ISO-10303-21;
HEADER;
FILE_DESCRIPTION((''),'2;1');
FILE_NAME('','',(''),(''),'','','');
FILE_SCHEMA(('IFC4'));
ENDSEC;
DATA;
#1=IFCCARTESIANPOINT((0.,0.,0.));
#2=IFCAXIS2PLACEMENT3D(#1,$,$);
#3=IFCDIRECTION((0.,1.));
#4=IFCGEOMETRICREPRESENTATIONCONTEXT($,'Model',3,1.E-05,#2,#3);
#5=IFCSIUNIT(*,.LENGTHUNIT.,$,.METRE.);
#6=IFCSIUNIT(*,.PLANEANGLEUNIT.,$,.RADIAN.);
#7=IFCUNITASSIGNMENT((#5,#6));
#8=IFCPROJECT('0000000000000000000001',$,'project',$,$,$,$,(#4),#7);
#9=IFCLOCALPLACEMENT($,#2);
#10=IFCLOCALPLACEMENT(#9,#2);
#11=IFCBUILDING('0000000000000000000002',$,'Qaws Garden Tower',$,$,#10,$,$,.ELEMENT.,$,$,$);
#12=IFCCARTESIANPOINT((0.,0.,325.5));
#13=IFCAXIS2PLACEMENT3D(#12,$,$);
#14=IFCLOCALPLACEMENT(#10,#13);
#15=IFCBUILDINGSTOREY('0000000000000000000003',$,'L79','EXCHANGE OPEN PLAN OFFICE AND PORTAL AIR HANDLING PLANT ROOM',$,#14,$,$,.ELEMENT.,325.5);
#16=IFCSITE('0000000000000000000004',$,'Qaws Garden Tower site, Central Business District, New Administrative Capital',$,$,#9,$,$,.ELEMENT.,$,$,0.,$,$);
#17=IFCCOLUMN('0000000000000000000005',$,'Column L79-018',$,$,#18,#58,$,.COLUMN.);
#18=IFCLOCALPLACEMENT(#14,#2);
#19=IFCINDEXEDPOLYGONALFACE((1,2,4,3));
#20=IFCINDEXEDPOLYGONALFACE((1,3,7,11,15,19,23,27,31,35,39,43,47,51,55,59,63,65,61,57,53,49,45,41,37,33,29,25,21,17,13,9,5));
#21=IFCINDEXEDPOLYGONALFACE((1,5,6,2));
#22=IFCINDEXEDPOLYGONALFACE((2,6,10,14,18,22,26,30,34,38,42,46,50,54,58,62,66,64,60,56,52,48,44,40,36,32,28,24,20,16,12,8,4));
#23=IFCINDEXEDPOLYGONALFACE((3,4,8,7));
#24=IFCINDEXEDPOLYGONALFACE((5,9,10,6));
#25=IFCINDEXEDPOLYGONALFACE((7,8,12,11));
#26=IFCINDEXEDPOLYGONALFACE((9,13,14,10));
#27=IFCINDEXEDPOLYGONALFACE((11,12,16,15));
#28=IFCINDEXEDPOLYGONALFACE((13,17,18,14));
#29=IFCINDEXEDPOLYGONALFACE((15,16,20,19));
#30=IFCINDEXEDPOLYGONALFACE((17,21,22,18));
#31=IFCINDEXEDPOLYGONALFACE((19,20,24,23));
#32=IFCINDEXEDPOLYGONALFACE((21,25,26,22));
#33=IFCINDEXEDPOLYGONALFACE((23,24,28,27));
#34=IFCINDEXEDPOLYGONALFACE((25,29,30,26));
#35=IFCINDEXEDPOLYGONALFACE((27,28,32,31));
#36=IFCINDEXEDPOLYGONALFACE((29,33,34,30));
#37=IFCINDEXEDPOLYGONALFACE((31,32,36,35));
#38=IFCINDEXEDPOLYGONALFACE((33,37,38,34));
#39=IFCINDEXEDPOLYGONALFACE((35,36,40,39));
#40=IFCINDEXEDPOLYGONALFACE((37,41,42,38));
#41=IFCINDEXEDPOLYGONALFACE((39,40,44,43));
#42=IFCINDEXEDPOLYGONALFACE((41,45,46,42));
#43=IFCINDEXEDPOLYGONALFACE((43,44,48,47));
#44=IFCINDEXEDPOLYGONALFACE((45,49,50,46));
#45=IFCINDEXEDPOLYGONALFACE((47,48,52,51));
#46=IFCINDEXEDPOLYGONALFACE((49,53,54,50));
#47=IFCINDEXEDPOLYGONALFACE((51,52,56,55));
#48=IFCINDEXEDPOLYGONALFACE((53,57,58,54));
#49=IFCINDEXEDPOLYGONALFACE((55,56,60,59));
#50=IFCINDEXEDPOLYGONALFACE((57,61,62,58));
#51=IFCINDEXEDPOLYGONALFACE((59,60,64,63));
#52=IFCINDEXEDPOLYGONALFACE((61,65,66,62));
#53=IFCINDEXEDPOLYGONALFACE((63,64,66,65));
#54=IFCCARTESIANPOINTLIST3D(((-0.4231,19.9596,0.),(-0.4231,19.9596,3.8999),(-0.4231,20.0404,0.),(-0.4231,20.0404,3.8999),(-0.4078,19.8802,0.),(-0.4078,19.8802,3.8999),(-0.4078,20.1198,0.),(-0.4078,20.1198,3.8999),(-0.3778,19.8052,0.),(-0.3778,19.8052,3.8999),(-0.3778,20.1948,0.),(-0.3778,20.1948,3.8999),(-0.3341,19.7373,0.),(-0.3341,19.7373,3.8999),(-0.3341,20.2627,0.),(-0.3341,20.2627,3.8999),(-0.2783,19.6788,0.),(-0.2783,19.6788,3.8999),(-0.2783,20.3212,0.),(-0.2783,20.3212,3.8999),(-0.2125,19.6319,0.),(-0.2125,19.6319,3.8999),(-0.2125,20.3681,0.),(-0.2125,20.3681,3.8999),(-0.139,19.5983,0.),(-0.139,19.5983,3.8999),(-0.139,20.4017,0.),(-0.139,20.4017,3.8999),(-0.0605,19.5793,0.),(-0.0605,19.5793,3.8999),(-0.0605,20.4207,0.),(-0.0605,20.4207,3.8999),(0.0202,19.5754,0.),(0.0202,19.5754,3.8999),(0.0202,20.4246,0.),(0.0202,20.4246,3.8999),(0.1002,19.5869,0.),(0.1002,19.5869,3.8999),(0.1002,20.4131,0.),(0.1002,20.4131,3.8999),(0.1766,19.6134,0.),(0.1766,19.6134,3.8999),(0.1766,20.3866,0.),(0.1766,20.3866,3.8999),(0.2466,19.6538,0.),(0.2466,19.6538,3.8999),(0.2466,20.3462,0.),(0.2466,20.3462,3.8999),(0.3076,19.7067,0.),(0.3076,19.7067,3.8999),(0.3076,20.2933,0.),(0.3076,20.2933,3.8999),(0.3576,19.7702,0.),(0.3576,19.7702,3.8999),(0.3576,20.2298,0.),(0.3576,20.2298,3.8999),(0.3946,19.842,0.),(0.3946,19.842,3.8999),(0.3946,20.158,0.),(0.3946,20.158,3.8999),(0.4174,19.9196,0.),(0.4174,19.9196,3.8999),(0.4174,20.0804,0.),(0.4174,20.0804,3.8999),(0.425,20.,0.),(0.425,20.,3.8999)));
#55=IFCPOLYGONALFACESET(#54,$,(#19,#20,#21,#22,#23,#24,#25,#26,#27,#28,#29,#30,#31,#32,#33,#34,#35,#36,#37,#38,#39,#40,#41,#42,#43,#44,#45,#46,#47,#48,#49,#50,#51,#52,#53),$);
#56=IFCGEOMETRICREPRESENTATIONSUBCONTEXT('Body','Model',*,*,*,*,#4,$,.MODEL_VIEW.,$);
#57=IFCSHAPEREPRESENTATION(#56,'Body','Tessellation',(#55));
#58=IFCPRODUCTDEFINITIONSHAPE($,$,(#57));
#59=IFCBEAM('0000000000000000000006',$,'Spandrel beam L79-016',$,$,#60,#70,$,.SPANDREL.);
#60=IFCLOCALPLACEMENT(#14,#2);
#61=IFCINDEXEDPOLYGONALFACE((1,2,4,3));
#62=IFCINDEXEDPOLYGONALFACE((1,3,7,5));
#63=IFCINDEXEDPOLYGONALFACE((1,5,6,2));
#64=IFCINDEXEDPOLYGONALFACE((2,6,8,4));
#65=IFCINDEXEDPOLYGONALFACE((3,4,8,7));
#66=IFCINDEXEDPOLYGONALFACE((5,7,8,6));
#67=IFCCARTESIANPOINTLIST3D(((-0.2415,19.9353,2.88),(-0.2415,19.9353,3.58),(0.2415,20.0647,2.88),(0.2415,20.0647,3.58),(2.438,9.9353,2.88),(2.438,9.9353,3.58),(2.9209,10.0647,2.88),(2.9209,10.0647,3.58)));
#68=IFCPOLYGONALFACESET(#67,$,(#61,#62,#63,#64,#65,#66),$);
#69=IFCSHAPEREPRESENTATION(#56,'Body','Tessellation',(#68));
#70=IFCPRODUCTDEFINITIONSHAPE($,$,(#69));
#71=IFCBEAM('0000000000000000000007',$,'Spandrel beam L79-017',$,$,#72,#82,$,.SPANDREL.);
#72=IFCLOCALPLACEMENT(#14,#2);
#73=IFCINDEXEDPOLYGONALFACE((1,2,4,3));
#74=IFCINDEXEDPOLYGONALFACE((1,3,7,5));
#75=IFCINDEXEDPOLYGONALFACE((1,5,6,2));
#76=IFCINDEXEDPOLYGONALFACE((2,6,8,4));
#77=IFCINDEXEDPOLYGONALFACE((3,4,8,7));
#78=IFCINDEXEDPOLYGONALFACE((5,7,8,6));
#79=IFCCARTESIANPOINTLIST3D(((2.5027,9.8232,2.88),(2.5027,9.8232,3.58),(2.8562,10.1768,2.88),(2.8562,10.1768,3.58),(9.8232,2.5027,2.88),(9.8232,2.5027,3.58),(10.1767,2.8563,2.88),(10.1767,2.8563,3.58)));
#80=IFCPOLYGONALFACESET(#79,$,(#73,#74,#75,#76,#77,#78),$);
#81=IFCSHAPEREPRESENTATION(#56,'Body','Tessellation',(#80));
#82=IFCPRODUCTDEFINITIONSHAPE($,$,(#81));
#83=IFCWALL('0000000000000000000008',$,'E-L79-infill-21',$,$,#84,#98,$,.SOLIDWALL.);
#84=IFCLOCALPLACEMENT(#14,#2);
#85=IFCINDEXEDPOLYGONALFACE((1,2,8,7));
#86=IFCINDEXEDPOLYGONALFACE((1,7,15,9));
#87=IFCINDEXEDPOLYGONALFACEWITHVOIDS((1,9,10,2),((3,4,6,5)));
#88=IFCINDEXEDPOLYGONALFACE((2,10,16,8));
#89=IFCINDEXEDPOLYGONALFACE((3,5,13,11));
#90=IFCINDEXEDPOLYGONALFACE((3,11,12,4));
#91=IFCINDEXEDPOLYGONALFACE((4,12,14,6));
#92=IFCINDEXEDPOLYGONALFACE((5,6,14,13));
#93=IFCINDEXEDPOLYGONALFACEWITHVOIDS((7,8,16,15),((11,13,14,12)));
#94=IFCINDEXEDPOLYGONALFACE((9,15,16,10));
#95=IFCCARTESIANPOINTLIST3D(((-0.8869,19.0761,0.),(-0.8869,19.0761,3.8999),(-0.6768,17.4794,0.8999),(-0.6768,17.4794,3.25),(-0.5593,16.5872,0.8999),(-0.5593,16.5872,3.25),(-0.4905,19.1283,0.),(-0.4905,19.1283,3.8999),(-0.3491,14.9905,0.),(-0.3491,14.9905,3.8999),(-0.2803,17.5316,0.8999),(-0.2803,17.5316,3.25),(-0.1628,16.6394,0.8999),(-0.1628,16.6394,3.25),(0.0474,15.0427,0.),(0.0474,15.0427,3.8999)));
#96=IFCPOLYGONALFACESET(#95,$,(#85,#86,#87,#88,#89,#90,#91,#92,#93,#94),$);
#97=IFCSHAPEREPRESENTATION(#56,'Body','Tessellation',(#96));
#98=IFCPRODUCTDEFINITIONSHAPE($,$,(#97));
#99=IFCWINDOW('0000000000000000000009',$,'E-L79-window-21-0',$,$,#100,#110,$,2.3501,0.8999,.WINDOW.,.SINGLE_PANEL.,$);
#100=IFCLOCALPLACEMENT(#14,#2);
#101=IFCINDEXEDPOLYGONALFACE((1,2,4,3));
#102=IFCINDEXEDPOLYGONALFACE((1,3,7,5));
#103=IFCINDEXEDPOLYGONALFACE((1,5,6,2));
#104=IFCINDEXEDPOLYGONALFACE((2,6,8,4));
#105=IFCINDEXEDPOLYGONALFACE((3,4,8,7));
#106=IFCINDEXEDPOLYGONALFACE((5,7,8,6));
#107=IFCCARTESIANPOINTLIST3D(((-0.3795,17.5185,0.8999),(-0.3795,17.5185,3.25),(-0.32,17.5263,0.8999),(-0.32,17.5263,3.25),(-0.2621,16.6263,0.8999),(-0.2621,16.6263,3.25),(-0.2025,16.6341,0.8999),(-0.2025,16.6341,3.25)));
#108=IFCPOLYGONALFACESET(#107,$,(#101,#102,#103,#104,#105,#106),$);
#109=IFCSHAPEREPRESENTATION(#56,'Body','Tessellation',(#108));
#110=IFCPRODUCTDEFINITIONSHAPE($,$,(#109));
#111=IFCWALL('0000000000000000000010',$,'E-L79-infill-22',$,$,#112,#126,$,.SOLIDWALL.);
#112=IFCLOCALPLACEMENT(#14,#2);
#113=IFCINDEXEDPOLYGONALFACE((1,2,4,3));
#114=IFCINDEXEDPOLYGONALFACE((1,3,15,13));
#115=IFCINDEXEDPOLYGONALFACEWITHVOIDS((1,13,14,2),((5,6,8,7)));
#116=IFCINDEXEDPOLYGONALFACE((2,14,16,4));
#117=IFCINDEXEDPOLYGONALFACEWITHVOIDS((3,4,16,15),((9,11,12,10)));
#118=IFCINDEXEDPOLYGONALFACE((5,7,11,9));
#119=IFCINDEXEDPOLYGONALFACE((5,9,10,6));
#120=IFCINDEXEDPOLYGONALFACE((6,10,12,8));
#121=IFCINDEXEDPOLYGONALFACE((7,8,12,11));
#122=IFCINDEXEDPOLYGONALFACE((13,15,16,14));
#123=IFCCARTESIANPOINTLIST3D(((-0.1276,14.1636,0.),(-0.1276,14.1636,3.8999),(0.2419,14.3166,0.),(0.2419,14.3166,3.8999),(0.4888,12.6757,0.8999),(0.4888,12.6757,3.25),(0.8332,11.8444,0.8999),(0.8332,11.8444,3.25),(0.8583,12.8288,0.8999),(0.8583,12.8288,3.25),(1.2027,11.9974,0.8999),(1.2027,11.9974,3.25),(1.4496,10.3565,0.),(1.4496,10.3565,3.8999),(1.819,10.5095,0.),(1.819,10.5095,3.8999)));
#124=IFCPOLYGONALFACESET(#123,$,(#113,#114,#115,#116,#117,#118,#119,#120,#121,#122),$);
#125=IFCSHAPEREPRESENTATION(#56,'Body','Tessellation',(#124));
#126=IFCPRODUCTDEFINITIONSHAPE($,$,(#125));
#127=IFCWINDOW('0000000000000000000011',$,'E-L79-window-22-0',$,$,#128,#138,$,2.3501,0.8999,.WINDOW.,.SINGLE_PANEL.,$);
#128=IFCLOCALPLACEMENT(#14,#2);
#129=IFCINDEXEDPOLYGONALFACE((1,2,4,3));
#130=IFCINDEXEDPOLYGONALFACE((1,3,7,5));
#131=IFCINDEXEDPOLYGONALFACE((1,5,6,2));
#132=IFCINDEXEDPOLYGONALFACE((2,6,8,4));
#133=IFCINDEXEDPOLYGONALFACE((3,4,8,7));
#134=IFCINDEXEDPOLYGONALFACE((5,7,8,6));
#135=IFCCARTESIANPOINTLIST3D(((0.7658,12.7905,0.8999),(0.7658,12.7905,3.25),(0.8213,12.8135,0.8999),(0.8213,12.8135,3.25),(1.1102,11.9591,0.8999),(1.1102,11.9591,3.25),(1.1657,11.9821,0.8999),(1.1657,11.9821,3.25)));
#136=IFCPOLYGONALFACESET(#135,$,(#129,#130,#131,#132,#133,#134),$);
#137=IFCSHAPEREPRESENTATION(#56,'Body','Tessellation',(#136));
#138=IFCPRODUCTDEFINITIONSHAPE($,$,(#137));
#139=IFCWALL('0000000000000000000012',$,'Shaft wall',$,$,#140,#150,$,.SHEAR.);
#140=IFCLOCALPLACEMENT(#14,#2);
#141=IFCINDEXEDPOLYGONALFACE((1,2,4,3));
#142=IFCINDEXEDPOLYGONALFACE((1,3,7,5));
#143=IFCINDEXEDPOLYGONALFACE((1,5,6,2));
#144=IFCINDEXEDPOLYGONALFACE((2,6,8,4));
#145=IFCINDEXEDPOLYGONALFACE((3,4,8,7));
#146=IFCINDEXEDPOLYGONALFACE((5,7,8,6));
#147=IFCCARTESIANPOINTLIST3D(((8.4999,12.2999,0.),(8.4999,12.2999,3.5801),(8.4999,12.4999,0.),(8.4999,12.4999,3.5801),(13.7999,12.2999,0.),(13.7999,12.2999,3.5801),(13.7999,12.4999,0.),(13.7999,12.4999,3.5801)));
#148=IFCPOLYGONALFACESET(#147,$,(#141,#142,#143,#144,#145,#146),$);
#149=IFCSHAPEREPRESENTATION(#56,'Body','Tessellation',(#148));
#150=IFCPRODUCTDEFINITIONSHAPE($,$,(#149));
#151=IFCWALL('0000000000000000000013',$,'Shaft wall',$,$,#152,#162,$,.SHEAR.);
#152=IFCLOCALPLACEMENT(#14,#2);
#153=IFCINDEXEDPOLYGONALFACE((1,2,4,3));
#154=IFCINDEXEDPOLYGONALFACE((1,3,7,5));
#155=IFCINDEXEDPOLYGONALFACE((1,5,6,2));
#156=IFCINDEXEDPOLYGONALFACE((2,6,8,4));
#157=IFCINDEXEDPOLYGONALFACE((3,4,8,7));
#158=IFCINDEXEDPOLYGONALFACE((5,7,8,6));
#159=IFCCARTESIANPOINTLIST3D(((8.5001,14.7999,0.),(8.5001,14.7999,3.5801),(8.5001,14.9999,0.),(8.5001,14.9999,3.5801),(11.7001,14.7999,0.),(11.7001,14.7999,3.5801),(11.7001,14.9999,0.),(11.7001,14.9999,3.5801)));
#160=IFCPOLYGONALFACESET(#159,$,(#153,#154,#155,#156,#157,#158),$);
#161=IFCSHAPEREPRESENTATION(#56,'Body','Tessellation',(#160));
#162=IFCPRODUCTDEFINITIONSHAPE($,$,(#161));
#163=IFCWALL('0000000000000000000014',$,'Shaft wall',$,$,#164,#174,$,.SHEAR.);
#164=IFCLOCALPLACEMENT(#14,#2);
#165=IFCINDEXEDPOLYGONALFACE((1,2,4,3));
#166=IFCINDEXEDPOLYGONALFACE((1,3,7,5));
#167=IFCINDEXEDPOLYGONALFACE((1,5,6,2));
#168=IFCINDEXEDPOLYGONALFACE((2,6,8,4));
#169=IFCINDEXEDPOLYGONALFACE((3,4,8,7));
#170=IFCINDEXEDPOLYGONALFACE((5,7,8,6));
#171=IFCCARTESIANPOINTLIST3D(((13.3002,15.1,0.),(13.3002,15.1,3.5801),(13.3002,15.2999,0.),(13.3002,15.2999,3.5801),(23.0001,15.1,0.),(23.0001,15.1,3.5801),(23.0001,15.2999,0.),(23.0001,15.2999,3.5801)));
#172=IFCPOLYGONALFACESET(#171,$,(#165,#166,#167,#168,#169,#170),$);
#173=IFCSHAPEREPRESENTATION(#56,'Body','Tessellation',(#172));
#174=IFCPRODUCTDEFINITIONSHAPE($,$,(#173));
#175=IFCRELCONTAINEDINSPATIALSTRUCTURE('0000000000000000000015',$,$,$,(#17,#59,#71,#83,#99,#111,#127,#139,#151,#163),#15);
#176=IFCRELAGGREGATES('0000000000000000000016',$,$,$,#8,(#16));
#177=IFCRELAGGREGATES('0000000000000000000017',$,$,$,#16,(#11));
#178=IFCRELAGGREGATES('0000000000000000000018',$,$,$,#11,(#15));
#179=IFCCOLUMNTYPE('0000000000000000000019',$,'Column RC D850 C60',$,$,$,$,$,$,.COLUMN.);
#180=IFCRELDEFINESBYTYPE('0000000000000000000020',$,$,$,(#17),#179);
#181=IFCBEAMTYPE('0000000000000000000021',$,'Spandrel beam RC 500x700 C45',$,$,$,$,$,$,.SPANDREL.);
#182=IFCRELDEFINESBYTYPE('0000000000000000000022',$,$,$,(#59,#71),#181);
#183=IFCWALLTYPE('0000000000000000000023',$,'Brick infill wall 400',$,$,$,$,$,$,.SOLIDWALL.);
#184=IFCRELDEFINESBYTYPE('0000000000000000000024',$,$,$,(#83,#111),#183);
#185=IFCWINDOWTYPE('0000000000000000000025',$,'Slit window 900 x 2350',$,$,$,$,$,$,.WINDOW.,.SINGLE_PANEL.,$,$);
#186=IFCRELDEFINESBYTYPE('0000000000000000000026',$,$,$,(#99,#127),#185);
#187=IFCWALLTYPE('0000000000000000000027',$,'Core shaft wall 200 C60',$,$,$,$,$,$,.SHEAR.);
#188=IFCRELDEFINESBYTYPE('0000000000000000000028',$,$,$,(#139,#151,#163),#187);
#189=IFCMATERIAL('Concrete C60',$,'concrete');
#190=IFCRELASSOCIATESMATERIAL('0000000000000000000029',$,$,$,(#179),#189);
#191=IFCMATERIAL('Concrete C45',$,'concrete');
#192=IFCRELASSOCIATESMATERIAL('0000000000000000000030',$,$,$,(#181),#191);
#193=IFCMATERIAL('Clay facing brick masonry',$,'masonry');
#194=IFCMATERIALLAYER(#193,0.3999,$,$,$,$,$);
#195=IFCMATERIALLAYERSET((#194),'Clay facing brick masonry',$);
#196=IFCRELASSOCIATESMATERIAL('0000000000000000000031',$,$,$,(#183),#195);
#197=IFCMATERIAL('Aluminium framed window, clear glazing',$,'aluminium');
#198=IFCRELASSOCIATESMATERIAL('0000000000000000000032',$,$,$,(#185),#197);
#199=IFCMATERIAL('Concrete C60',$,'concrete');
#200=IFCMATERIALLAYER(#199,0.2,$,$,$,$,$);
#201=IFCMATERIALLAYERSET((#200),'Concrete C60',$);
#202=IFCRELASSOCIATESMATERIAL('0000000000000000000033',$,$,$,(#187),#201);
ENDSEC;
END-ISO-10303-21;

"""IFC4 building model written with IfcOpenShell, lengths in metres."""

from ifc_helpers import new_model, si_unit, direction, frame, frame_2d, origin, origin_2d, place, context, subcontext, project, spatial, rectangle, circle, extrude, material, layer, layer_set, material_profile, profile_set, type_object, element, fill, save


model = new_model("IFC4")

# Units and contexts
model_context = context("Model", 3, precision=1e-05, world=origin(), true_north=direction((0.0, 1.0)))
body_context = subcontext(model_context, "Body", "Model", "MODEL_VIEW")
ifc_project = project(units=[si_unit("LENGTHUNIT", "METRE"), si_unit("PLANEANGLEUNIT", "RADIAN")], contexts=[model_context])

# Site, building, storey
site_placement = place(None, origin())
site = spatial("IfcSite", under=ifc_project, at=site_placement, Name="Qaws Garden Tower site, Central Business District, New Administrative Capital", CompositionType="ELEMENT", RefElevation=0.0)
building_placement = place(site_placement, origin())
building = spatial("IfcBuilding", under=site, at=building_placement, Name="Qaws Garden Tower", CompositionType="ELEMENT")
storey_placement = place(building_placement, frame((0.0, 0.0, 325.5)))
storey = spatial("IfcBuildingStorey", under=building, at=storey_placement, Name="L79", Description="EXCHANGE OPEN PLAN OFFICE AND PORTAL AIR HANDLING PLANT ROOM", CompositionType="ELEMENT", Elevation=325.5)

# Column
ifc_material_1 = material(Name="Concrete C60", Category="concrete")
ifc_material_profile_1 = material_profile(ifc_material_1, circle(Radius=0.425, at=origin_2d()), Name="RC D850")
ifc_profile_set_1 = profile_set([ifc_material_profile_1], Name="Concrete C60")
column_type = type_object("IfcColumnType", Name="Column RC D850 C60", PredefinedType="COLUMN", material=ifc_profile_set_1)
column_placement = place(storey_placement, frame((0.0, 20.0, 0.0), z_axis=(0.0, 0.0, 1.0), x_axis=(1.0, 0.0, 0.0)))
element("IfcColumn", 1, at=column_placement, inside=storey, type_object=column_type, Name="Column L79-018", PredefinedType="COLUMN", context=body_context, shape_type="SweptSolid", body=[
    extrude(circle(Radius=0.425, at=origin_2d()), origin(), (0.0, 0.0, 1.0), 3.8999),
])

# Beams
ifc_material_2 = material(Name="Concrete C45", Category="concrete")
ifc_material_profile_2 = material_profile(ifc_material_2, rectangle(XDim=0.5, YDim=0.7, at=origin_2d()), Name="RC 500x700")
ifc_profile_set_2 = profile_set([ifc_material_profile_2], Name="Concrete C45")
beam_type = type_object("IfcBeamType", Name="Spandrel beam RC 500x700 C45", PredefinedType="SPANDREL", material=ifc_profile_set_2)
for number, where, z_axis, x_axis, name in (
    (2, (0.0, 20.0, 3.23), (0.258815, -0.965927, 0.0), (0.965927, 0.258815, 0.0), "Spandrel beam L79-016"),
    (3, (2.6794, 10.0, 3.23), (0.707107, -0.707107, 0.0), (0.707107, 0.707107, 0.0), "Spandrel beam L79-017"),
):
    element("IfcBeam", number, at=place(storey_placement, frame(where, z_axis=z_axis, x_axis=x_axis)), inside=storey, type_object=beam_type, Name=name, PredefinedType="SPANDREL", context=body_context, shape_type="SweptSolid", body=[
        extrude(rectangle(XDim=0.5, YDim=0.7, at=origin_2d()), origin(), (0.0, 0.0, 1.0), 10.3528),
    ])

# Walls, openings, windows
ifc_material_3 = material(Name="Clay facing brick masonry", Category="masonry")
ifc_layer_1 = layer(ifc_material_3, 0.3999)
ifc_layer_set_1 = layer_set([ifc_layer_1], Name="Clay facing brick masonry")
wall_type_1 = type_object("IfcWallType", Name="Brick infill wall 400", PredefinedType="SOLIDWALL", material=ifc_layer_set_1)
wall_1_placement = place(storey_placement, frame((-0.6887, 19.1023, 0.0), z_axis=(0.0, 0.0, 1.0), x_axis=(0.130514, -0.991446, 0.0)))
wall_1 = element("IfcWall", 4, at=wall_1_placement, inside=storey, type_object=wall_type_1, Name="E-L79-infill-21", PredefinedType="SOLIDWALL", context=body_context, shape_type="SweptSolid", body=[
    extrude(rectangle(XDim=4.1208, YDim=0.3999, at=frame_2d((2.0605, 0.0))), origin(), (0.0, 0.0, 1.0), 3.8999),
])
opening_1_placement = place(wall_1_placement, frame((1.6106, 0.0, 0.8999)))
opening_1 = element("IfcOpeningElement", 5, at=opening_1_placement, cuts=wall_1, PredefinedType="OPENING", context=body_context, shape_type="SweptSolid", body=[
    extrude(rectangle(XDim=0.8999, YDim=2.3501, at=frame_2d((0.45, 1.175))), frame((0.0, 0.21, 0.0), z_axis=(0.0, -1.0, 0.0), x_axis=(1.0, 0.0, 0.0)), (0.0, 0.0, 1.0), 0.4199),
])
ifc_material_4 = material(Name="Aluminium framed window, clear glazing", Category="aluminium")
window_type = type_object("IfcWindowType", Name="Slit window 900 x 2350", PartitioningType="SINGLE_PANEL", PredefinedType="WINDOW", material=ifc_material_4)
window_1_placement = place(opening_1_placement, origin())
window_1 = element("IfcWindow", 6, at=window_1_placement, inside=storey, type_object=window_type, Name="E-L79-window-21-0", OverallHeight=2.3501, OverallWidth=0.8999, PartitioningType="SINGLE_PANEL", PredefinedType="WINDOW", context=body_context, shape_type="SweptSolid", body=[
    extrude(rectangle(XDim=0.8999, YDim=2.3501, at=frame_2d((0.45, 1.175))), frame((0.0, 0.1599, 0.0), z_axis=(0.0, -1.0, 0.0), x_axis=(1.0, 0.0, 0.0)), (0.0, 0.0, 1.0), 0.0601),
])
fill(opening_1, window_1)
wall_2_placement = place(storey_placement, frame((0.0571, 14.2402, 0.0), z_axis=(0.0, 0.0, 1.0), x_axis=(0.382722, -0.923864, 0.0)))
wall_2 = element("IfcWall", 7, at=wall_2_placement, inside=storey, type_object=wall_type_1, Name="E-L79-infill-22", PredefinedType="SOLIDWALL", context=body_context, shape_type="SweptSolid", body=[
    extrude(rectangle(XDim=4.1208, YDim=0.3999, at=frame_2d((2.0605, 0.0))), origin(), (0.0, 0.0, 1.0), 3.8999),
])
opening_2_placement = place(wall_2_placement, frame((1.6106, 0.0, 0.8999)))
opening_2 = element("IfcOpeningElement", 8, at=opening_2_placement, cuts=wall_2, PredefinedType="OPENING", context=body_context, shape_type="SweptSolid", body=[
    extrude(rectangle(XDim=0.8999, YDim=2.3501, at=frame_2d((0.45, 1.175))), frame((0.0, 0.21, 0.0), z_axis=(0.0, -1.0, 0.0), x_axis=(1.0, 0.0, 0.0)), (0.0, 0.0, 1.0), 0.4199),
])
window_2_placement = place(opening_2_placement, origin())
window_2 = element("IfcWindow", 9, at=window_2_placement, inside=storey, type_object=window_type, Name="E-L79-window-22-0", OverallHeight=2.3501, OverallWidth=0.8999, PartitioningType="SINGLE_PANEL", PredefinedType="WINDOW", context=body_context, shape_type="SweptSolid", body=[
    extrude(rectangle(XDim=0.8999, YDim=2.3501, at=frame_2d((0.45, 1.175))), frame((0.0, 0.1599, 0.0), z_axis=(0.0, -1.0, 0.0), x_axis=(1.0, 0.0, 0.0)), (0.0, 0.0, 1.0), 0.0601),
])
fill(opening_2, window_2)

# Walls
ifc_material_5 = material(Name="Concrete C60", Category="concrete")
ifc_layer_2 = layer(ifc_material_5, 0.2)
ifc_layer_set_2 = layer_set([ifc_layer_2], Name="Concrete C60")
wall_type_2 = type_object("IfcWallType", Name="Core shaft wall 200 C60", PredefinedType="SHEAR", material=ifc_layer_set_2)
wall_3_placement = place(storey_placement, frame((8.5, 12.3999, 0.0), z_axis=(0.0, 0.0, 1.0), x_axis=(1.0, 0.0, 0.0)))
element("IfcWall", 10, at=wall_3_placement, inside=storey, type_object=wall_type_2, Name="Shaft wall", PredefinedType="SHEAR", context=body_context, shape_type="SweptSolid", body=[
    extrude(rectangle(XDim=5.3, YDim=0.2, at=frame_2d((2.6499, 0.0))), origin(), (0.0, 0.0, 1.0), 3.5801),
])
wall_4_placement = place(storey_placement, frame((8.5, 14.8999, 0.0), z_axis=(0.0, 0.0, 1.0), x_axis=(1.0, 0.0, 0.0)))
element("IfcWall", 11, at=wall_4_placement, inside=storey, type_object=wall_type_2, Name="Shaft wall", PredefinedType="SHEAR", context=body_context, shape_type="SweptSolid", body=[
    extrude(rectangle(XDim=3.2, YDim=0.2, at=frame_2d((1.6001, 0.0))), origin(), (0.0, 0.0, 1.0), 3.5801),
])
wall_5_placement = place(storey_placement, frame((13.3, 15.2, 0.0), z_axis=(0.0, 0.0, 1.0), x_axis=(1.0, 0.0, 0.0)))
element("IfcWall", 12, at=wall_5_placement, inside=storey, type_object=wall_type_2, Name="Shaft wall", PredefinedType="SHEAR", context=body_context, shape_type="SweptSolid", body=[
    extrude(rectangle(XDim=9.7, YDim=0.2, at=frame_2d((4.8501, 0.0))), origin(), (0.0, 0.0, 1.0), 3.5801),
])

save(model, "model.ifc")
